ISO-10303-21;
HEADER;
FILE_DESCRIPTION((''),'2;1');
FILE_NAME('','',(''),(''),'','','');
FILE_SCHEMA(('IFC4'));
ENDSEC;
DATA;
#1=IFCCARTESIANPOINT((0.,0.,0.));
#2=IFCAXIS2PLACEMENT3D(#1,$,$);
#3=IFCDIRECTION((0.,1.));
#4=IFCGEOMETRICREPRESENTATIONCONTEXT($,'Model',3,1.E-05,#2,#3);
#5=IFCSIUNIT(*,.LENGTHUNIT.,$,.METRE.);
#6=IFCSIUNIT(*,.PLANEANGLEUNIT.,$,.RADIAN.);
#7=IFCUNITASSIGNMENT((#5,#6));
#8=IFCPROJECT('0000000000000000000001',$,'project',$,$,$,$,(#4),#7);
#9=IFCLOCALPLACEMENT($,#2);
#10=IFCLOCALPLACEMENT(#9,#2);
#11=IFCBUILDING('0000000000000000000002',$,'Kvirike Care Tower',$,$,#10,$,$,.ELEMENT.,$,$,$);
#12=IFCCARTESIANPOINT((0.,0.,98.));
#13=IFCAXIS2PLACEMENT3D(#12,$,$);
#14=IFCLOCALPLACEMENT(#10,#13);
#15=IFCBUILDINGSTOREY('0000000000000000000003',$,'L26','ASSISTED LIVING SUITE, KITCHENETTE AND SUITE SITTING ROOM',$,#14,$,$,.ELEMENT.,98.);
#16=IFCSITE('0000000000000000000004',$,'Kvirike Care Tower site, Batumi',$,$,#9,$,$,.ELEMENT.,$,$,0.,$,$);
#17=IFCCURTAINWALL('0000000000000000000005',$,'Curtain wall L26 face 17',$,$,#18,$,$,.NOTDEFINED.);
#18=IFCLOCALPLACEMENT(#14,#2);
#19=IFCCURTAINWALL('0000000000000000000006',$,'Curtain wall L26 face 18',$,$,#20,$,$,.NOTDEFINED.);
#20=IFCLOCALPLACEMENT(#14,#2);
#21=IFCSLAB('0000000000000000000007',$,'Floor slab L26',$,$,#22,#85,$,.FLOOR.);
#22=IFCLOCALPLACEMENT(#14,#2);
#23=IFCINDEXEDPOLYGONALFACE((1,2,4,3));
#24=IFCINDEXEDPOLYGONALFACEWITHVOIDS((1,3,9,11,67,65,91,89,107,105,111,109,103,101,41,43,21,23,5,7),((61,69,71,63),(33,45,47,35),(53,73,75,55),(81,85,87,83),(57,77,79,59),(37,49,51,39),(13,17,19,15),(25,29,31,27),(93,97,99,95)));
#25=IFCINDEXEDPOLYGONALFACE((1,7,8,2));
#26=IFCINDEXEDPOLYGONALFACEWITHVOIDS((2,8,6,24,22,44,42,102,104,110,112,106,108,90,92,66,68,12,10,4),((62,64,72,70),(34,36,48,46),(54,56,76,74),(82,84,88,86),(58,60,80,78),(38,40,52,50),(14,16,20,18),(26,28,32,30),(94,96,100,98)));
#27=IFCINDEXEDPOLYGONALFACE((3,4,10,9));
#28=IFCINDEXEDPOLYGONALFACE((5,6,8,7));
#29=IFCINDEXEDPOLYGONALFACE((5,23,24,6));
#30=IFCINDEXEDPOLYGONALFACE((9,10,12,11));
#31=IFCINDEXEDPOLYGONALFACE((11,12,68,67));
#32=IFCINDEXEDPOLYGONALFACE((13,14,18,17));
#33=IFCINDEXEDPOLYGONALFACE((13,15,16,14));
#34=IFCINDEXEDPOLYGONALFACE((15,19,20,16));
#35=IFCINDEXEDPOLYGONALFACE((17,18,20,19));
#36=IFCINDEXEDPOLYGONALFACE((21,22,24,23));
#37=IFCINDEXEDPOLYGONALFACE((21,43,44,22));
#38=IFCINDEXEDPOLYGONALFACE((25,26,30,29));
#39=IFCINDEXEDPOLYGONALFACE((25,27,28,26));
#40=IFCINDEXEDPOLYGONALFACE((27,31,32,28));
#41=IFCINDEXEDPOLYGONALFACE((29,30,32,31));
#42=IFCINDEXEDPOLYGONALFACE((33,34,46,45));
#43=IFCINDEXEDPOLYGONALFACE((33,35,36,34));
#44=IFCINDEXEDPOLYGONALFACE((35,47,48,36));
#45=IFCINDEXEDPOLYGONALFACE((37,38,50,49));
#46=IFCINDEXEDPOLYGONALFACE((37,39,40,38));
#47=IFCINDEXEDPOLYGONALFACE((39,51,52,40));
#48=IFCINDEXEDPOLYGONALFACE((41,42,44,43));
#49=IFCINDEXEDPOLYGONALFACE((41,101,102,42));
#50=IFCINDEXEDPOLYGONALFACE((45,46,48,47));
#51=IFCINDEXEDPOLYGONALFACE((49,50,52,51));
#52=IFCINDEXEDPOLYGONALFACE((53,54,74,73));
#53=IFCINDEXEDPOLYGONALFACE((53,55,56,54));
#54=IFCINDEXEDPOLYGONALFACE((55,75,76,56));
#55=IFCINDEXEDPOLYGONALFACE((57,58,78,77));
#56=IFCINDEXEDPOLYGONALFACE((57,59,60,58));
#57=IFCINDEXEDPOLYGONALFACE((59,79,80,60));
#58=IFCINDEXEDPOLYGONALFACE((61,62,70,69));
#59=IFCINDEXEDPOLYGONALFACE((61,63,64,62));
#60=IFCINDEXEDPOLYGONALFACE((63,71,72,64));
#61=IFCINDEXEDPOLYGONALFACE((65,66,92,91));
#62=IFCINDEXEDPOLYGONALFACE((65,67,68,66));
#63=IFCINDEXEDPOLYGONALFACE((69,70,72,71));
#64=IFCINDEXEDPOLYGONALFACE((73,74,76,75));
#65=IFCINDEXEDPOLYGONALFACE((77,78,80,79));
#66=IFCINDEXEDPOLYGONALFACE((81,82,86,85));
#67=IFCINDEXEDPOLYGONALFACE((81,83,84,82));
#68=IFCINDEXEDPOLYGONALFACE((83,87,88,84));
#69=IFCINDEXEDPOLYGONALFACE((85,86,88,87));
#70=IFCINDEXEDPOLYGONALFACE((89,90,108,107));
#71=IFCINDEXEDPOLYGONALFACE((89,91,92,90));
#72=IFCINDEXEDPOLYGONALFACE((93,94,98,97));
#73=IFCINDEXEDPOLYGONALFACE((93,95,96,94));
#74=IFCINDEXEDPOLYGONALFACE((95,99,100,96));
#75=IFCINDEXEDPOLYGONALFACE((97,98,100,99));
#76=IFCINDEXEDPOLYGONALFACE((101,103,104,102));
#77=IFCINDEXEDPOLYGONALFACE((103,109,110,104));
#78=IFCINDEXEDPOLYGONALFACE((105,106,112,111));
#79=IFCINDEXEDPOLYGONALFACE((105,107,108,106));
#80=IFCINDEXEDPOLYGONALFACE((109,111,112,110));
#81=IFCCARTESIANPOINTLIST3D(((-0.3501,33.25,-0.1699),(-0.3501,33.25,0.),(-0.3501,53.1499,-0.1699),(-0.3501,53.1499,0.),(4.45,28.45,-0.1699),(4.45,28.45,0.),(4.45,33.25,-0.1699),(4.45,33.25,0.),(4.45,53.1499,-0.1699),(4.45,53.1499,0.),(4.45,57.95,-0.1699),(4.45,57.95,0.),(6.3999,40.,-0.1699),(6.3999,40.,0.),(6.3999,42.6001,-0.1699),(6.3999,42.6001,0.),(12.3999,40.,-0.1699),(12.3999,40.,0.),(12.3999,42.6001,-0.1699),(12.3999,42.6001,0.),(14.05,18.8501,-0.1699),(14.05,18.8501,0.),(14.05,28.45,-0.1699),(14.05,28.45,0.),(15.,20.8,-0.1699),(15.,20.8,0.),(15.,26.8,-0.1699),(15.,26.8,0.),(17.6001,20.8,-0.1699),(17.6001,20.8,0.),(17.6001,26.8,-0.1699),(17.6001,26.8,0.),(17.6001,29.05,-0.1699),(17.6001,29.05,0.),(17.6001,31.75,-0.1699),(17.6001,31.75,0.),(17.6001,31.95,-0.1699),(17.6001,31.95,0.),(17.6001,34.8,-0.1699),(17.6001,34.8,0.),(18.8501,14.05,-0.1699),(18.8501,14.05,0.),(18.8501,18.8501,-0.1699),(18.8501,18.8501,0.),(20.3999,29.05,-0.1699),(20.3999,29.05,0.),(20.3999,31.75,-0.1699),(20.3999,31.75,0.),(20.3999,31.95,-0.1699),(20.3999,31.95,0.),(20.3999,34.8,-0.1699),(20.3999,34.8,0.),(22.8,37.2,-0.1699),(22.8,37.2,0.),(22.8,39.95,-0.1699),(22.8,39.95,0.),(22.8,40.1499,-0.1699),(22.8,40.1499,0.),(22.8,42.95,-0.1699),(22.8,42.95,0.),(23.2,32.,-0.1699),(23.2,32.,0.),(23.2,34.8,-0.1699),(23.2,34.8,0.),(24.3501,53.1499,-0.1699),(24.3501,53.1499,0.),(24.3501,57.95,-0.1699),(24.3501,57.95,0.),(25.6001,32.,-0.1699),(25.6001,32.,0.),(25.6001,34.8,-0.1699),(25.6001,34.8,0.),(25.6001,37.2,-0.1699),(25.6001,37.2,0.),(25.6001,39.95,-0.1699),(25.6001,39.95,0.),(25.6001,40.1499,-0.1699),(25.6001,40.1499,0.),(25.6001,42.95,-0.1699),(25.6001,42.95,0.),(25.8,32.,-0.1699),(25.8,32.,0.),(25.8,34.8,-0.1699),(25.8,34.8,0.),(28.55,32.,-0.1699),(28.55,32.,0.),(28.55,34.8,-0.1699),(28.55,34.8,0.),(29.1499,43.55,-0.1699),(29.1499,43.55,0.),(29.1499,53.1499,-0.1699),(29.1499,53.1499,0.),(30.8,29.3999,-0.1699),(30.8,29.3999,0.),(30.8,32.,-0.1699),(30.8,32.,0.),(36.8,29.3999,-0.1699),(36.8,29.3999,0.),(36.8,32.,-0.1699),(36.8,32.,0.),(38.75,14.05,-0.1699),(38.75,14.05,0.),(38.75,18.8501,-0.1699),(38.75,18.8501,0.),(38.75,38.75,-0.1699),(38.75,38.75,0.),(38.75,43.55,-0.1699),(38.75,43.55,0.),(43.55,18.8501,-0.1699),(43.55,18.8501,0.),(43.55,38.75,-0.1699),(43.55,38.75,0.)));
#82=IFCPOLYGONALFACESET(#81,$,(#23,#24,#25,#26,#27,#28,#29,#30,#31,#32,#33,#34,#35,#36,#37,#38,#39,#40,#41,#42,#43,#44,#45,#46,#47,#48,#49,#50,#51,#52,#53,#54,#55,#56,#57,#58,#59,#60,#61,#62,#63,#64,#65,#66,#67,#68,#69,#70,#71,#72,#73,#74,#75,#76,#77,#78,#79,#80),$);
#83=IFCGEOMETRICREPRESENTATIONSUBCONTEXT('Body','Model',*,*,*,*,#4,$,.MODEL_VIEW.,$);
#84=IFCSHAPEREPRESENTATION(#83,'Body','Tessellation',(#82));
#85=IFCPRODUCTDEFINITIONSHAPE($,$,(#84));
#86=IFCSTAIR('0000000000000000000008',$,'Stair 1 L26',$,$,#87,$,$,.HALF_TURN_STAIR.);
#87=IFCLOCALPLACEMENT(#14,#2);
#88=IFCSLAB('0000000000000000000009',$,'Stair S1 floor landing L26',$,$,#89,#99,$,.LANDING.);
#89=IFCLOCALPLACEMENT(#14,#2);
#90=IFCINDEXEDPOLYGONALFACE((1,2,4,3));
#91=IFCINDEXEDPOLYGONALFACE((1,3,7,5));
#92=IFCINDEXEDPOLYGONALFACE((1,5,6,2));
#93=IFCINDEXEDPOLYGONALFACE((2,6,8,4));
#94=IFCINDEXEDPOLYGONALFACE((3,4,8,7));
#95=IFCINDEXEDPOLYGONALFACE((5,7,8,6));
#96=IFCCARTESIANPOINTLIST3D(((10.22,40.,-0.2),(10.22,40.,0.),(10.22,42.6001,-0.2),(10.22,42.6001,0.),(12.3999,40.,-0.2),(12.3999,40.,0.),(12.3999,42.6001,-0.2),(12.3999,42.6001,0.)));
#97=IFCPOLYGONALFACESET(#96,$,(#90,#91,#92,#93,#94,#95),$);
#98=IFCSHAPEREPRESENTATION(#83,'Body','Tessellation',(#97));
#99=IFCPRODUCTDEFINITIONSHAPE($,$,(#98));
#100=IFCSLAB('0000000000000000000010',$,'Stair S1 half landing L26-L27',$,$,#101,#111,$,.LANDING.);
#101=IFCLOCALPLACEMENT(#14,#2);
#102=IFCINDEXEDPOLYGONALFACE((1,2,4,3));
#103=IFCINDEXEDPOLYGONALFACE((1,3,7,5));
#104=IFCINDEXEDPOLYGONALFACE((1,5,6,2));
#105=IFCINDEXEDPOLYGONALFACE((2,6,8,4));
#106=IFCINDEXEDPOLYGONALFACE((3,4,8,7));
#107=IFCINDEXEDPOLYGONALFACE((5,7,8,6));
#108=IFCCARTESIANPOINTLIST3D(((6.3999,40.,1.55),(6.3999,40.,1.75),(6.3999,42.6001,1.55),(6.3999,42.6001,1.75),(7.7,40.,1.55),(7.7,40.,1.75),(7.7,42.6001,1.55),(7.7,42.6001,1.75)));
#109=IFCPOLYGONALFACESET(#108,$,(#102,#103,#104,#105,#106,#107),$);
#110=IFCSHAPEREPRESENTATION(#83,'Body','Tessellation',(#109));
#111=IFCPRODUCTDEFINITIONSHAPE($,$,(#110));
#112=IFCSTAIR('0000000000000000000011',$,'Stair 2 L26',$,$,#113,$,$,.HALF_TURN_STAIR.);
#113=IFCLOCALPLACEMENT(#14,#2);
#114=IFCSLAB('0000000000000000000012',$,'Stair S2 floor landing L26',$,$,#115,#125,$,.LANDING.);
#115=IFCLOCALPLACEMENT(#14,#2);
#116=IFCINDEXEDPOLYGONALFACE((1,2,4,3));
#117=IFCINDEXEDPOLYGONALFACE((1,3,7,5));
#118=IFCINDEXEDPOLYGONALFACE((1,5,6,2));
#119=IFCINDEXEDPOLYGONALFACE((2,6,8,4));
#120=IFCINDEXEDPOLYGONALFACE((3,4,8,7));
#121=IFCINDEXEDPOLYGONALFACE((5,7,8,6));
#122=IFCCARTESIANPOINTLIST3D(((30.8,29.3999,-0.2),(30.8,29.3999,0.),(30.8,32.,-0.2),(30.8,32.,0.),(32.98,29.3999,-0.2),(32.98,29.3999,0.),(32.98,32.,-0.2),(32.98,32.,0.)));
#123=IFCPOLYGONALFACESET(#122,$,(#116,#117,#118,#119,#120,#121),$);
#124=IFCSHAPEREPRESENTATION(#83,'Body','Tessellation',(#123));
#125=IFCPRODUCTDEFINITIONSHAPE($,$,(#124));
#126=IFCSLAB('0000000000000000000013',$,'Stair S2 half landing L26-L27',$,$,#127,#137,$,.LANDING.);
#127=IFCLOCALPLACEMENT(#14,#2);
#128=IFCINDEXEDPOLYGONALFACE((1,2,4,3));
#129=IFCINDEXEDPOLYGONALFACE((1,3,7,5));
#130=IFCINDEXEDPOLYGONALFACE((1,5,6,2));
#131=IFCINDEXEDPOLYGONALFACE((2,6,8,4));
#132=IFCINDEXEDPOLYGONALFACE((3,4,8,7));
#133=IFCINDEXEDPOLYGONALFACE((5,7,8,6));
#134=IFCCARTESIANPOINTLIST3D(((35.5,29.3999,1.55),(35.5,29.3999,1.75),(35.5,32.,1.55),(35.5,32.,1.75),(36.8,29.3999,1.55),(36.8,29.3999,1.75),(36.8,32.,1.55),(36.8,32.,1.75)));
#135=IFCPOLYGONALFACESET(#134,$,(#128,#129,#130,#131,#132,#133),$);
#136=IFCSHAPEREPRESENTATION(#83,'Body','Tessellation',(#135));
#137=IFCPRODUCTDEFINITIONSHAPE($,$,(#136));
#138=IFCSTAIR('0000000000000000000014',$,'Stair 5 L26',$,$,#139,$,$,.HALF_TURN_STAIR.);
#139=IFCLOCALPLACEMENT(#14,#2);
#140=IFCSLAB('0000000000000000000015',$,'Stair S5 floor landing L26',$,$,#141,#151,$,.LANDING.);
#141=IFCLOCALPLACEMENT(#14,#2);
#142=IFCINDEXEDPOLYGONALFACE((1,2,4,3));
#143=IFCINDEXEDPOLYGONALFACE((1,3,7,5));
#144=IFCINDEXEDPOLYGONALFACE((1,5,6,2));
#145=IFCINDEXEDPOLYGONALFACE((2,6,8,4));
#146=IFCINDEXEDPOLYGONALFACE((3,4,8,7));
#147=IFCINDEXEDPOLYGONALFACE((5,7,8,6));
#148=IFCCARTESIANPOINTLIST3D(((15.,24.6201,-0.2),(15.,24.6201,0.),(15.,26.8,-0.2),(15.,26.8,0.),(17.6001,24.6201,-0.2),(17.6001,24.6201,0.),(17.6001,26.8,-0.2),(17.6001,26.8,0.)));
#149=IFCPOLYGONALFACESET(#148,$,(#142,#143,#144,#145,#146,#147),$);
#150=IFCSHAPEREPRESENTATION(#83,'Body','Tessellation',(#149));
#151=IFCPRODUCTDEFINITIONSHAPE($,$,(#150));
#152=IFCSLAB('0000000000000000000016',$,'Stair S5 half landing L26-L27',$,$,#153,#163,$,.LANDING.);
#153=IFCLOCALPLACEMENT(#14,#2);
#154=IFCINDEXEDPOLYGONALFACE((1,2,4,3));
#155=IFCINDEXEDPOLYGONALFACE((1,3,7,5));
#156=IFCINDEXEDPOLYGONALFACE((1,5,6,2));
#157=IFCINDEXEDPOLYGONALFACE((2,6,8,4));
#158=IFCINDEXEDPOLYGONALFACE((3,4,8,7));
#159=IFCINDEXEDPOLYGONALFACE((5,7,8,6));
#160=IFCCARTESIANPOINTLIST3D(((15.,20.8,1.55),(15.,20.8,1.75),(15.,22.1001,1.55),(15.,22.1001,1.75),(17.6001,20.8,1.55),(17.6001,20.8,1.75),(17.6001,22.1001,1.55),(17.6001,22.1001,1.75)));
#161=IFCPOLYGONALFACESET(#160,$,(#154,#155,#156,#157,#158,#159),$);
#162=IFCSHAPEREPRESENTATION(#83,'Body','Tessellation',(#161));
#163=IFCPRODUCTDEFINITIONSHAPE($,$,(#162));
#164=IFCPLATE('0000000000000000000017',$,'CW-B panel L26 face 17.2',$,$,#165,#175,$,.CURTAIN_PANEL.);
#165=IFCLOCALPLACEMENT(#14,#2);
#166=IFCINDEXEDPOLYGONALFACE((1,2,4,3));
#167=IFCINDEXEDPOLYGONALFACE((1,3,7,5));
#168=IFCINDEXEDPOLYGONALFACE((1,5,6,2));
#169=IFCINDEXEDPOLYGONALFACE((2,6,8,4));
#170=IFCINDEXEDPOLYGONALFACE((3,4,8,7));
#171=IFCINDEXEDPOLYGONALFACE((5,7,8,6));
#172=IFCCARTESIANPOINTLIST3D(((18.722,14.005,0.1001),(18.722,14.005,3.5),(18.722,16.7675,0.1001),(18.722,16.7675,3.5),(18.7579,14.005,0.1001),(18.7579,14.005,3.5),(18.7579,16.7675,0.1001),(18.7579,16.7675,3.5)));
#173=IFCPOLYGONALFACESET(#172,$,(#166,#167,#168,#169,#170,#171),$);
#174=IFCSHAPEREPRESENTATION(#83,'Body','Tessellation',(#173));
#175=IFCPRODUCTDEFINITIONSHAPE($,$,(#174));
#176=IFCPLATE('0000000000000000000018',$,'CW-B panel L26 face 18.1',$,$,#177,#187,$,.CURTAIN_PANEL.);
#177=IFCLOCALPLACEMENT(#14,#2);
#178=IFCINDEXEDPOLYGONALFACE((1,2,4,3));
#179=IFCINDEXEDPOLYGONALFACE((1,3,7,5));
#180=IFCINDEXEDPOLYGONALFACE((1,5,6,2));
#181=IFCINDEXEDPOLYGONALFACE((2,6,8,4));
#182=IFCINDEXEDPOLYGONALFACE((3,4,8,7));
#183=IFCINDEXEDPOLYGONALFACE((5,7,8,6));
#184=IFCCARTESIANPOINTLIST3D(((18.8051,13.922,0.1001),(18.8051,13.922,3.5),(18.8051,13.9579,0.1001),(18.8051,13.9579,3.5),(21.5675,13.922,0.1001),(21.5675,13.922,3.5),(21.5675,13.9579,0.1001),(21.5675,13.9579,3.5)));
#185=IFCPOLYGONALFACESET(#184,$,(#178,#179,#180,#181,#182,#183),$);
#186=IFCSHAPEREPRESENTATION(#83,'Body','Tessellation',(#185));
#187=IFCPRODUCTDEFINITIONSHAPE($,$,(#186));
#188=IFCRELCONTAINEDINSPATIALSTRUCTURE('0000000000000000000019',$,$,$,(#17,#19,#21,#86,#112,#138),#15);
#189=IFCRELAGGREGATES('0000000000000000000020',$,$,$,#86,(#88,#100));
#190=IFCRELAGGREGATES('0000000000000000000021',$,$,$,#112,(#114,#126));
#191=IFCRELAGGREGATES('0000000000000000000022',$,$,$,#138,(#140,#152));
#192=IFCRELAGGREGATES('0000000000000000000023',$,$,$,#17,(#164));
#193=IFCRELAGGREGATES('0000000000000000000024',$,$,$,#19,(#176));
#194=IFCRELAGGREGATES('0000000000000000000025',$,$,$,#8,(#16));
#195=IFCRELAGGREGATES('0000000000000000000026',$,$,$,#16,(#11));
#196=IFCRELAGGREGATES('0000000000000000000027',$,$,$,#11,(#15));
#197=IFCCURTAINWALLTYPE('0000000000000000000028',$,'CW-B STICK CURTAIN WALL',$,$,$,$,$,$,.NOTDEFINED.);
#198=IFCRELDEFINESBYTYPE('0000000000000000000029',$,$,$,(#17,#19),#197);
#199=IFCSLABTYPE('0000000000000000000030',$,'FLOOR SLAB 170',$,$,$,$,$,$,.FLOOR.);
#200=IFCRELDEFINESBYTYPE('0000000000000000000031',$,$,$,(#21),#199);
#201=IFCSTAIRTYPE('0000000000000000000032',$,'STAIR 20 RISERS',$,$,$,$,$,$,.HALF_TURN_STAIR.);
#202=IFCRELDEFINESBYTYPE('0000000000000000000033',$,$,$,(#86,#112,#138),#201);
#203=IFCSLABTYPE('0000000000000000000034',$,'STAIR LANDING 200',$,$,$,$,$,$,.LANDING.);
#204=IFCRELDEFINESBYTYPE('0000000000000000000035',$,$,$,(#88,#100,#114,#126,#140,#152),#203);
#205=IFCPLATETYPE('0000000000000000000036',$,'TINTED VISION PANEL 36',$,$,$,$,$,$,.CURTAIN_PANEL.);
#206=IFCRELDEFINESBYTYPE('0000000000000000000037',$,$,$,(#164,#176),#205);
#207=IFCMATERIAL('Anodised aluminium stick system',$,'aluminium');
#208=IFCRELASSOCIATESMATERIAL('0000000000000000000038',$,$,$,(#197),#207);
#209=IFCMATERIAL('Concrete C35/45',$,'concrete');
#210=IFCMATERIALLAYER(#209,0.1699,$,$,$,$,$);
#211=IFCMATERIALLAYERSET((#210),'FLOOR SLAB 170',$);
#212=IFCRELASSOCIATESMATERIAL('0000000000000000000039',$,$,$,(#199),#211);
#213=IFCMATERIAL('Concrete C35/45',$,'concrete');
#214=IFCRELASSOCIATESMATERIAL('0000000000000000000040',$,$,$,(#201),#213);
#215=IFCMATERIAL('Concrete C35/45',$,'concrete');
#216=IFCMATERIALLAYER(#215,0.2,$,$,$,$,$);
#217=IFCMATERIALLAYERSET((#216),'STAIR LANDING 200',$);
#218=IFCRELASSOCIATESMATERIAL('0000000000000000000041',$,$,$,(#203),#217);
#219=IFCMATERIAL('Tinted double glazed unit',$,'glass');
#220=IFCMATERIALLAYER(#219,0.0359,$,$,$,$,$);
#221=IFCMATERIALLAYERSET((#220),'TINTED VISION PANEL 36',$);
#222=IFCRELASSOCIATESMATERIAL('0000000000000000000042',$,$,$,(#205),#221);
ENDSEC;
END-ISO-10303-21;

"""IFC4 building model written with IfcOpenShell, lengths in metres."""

from ifc_helpers import new_model, si_unit, direction, frame, origin, origin_2d, place, context, subcontext, project, spatial, polyline, rectangle, outline, extrude, material, layer, layer_set, type_object, element, aggregate, save


model = new_model("IFC4")

# Units and contexts
model_context = context("Model", 3, precision=1e-05, world=origin(), true_north=direction((0.0, 1.0)))
body_context = subcontext(model_context, "Body", "Model", "MODEL_VIEW")
ifc_project = project(units=[si_unit("LENGTHUNIT", "METRE"), si_unit("PLANEANGLEUNIT", "RADIAN")], contexts=[model_context])

# Site, building, storey
site_placement = place(None, origin())
site = spatial("IfcSite", under=ifc_project, at=site_placement, Name="Kvirike Care Tower site, Batumi", CompositionType="ELEMENT", RefElevation=0.0)
building_placement = place(site_placement, origin())
building = spatial("IfcBuilding", under=site, at=building_placement, Name="Kvirike Care Tower", CompositionType="ELEMENT")
storey_placement = place(building_placement, frame((0.0, 0.0, 98.0)))
storey = spatial("IfcBuildingStorey", under=building, at=storey_placement, Name="L26", Description="ASSISTED LIVING SUITE, KITCHENETTE AND SUITE SITTING ROOM", CompositionType="ELEMENT", Elevation=98.0)

# Curtain wall
ifc_material_1 = material(Name="Anodised aluminium stick system", Category="aluminium")
curtain_wall_type = type_object("IfcCurtainWallType", Name="CW-B STICK CURTAIN WALL", PredefinedType="NOTDEFINED", material=ifc_material_1)
curtain_wall_1_placement = place(storey_placement, origin())
curtain_wall_1 = element("IfcCurtainWall", 1, at=curtain_wall_1_placement, inside=storey, type_object=curtain_wall_type, Name="Curtain wall L26 face 17", PredefinedType="NOTDEFINED")

# Curtain wall
curtain_wall_2_placement = place(storey_placement, origin())
curtain_wall_2 = element("IfcCurtainWall", 2, at=curtain_wall_2_placement, inside=storey, type_object=curtain_wall_type, Name="Curtain wall L26 face 18", PredefinedType="NOTDEFINED")

# Slab
ifc_material_2 = material(Name="Concrete C35/45", Category="concrete")
ifc_layer_1 = layer(ifc_material_2, 0.1699)
ifc_layer_set_1 = layer_set([ifc_layer_1], Name="FLOOR SLAB 170")
slab_type_1 = type_object("IfcSlabType", Name="FLOOR SLAB 170", PredefinedType="FLOOR", material=ifc_layer_set_1)
slab_1_placement = place(storey_placement, frame((0.0, 0.0, -0.1699)))
element("IfcSlab", 3, at=slab_1_placement, inside=storey, type_object=slab_type_1, Name="Floor slab L26", PredefinedType="FLOOR", context=body_context, shape_type="SweptSolid", body=[
    extrude(outline(polyline([(43.55, 18.8501), (43.55, 38.75), (38.75, 38.75), (38.75, 43.55), (29.1499, 43.55), (29.1499, 53.1499), (24.3501, 53.1499), (24.3501, 57.95), (4.45, 57.95), (4.45, 53.1499), (-0.3501, 53.1499), (-0.3501, 33.25), (4.45, 33.25), (4.45, 28.45), (14.05, 28.45), (14.05, 18.8501), (18.8501, 18.8501), (18.8501, 14.05), (38.75, 14.05), (38.75, 18.8501), (43.55, 18.8501)]), holes=[polyline([(17.6001, 29.05), (17.6001, 31.75), (20.3999, 31.75), (20.3999, 29.05), (17.6001, 29.05)]), polyline([(17.6001, 31.95), (17.6001, 34.8), (20.3999, 34.8), (20.3999, 31.95), (17.6001, 31.95)]), polyline([(22.8, 37.2), (22.8, 39.95), (25.6001, 39.95), (25.6001, 37.2), (22.8, 37.2)]), polyline([(22.8, 40.1499), (22.8, 42.95), (25.6001, 42.95), (25.6001, 40.1499), (22.8, 40.1499)]), polyline([(23.2, 32.0), (23.2, 34.8), (25.6001, 34.8), (25.6001, 32.0), (23.2, 32.0)]), polyline([(25.8, 32.0), (25.8, 34.8), (28.55, 34.8), (28.55, 32.0), (25.8, 32.0)]), polyline([(12.3999, 42.6001), (12.3999, 40.0), (6.3999, 40.0), (6.3999, 42.6001), (12.3999, 42.6001)]), polyline([(30.8, 29.3999), (30.8, 32.0), (36.8, 32.0), (36.8, 29.3999), (30.8, 29.3999)]), polyline([(15.0, 26.8), (17.6001, 26.8), (17.6001, 20.8), (15.0, 20.8), (15.0, 26.8)])]), origin(), (0.0, 0.0, 1.0), 0.1699),
])

# Stairs, slabs
ifc_material_3 = material(Name="Concrete C35/45", Category="concrete")
stair_type = type_object("IfcStairType", Name="STAIR 20 RISERS", PredefinedType="HALF_TURN_STAIR", material=ifc_material_3)
stair_1_placement = place(storey_placement, origin())
stair_1 = element("IfcStair", 4, at=stair_1_placement, inside=storey, type_object=stair_type, Name="Stair 1 L26", PredefinedType="HALF_TURN_STAIR")
ifc_material_4 = material(Name="Concrete C35/45", Category="concrete")
ifc_layer_2 = layer(ifc_material_4, 0.2)
ifc_layer_set_2 = layer_set([ifc_layer_2], Name="STAIR LANDING 200")
slab_type_2 = type_object("IfcSlabType", Name="STAIR LANDING 200", PredefinedType="LANDING", material=ifc_layer_set_2)
slab_2_placement = place(storey_placement, frame((0.0, 0.0, -0.2)))
slab_2 = element("IfcSlab", 5, at=slab_2_placement, type_object=slab_type_2, Name="Stair S1 floor landing L26", PredefinedType="LANDING", context=body_context, shape_type="SweptSolid", body=[
    extrude(outline(polyline([(10.22, 42.6001), (10.22, 40.0), (12.3999, 40.0), (12.3999, 42.6001), (10.22, 42.6001)])), origin(), (0.0, 0.0, 1.0), 0.2),
])
slab_3_placement = place(storey_placement, frame((0.0, 0.0, 1.55)))
slab_3 = element("IfcSlab", 6, at=slab_3_placement, type_object=slab_type_2, Name="Stair S1 half landing L26-L27", PredefinedType="LANDING", context=body_context, shape_type="SweptSolid", body=[
    extrude(outline(polyline([(6.3999, 42.6001), (6.3999, 40.0), (7.7, 40.0), (7.7, 42.6001), (6.3999, 42.6001)])), origin(), (0.0, 0.0, 1.0), 0.2),
])
aggregate(stair_1, [slab_2, slab_3])
stair_2_placement = place(storey_placement, origin())
stair_2 = element("IfcStair", 7, at=stair_2_placement, inside=storey, type_object=stair_type, Name="Stair 2 L26", PredefinedType="HALF_TURN_STAIR")
slab_4_placement = place(storey_placement, frame((0.0, 0.0, -0.2)))
slab_4 = element("IfcSlab", 8, at=slab_4_placement, type_object=slab_type_2, Name="Stair S2 floor landing L26", PredefinedType="LANDING", context=body_context, shape_type="SweptSolid", body=[
    extrude(outline(polyline([(32.98, 29.3999), (32.98, 32.0), (30.8, 32.0), (30.8, 29.3999), (32.98, 29.3999)])), origin(), (0.0, 0.0, 1.0), 0.2),
])
slab_5_placement = place(storey_placement, frame((0.0, 0.0, 1.55)))
slab_5 = element("IfcSlab", 9, at=slab_5_placement, type_object=slab_type_2, Name="Stair S2 half landing L26-L27", PredefinedType="LANDING", context=body_context, shape_type="SweptSolid", body=[
    extrude(outline(polyline([(36.8, 29.3999), (36.8, 32.0), (35.5, 32.0), (35.5, 29.3999), (36.8, 29.3999)])), origin(), (0.0, 0.0, 1.0), 0.2),
])
aggregate(stair_2, [slab_4, slab_5])
stair_3_placement = place(storey_placement, origin())
stair_3 = element("IfcStair", 10, at=stair_3_placement, inside=storey, type_object=stair_type, Name="Stair 5 L26", PredefinedType="HALF_TURN_STAIR")
slab_6_placement = place(storey_placement, frame((0.0, 0.0, -0.2)))
slab_6 = element("IfcSlab", 11, at=slab_6_placement, type_object=slab_type_2, Name="Stair S5 floor landing L26", PredefinedType="LANDING", context=body_context, shape_type="SweptSolid", body=[
    extrude(outline(polyline([(15.0, 24.6201), (17.6001, 24.6201), (17.6001, 26.8), (15.0, 26.8), (15.0, 24.6201)])), origin(), (0.0, 0.0, 1.0), 0.2),
])
slab_7_placement = place(storey_placement, frame((0.0, 0.0, 1.55)))
slab_7 = element("IfcSlab", 12, at=slab_7_placement, type_object=slab_type_2, Name="Stair S5 half landing L26-L27", PredefinedType="LANDING", context=body_context, shape_type="SweptSolid", body=[
    extrude(outline(polyline([(15.0, 20.8), (17.6001, 20.8), (17.6001, 22.1001), (15.0, 22.1001), (15.0, 20.8)])), origin(), (0.0, 0.0, 1.0), 0.2),
])
aggregate(stair_3, [slab_6, slab_7])

# Plates
ifc_material_5 = material(Name="Tinted double glazed unit", Category="glass")
ifc_layer_3 = layer(ifc_material_5, 0.0359)
ifc_layer_set_3 = layer_set([ifc_layer_3], Name="TINTED VISION PANEL 36")
plate_type = type_object("IfcPlateType", Name="TINTED VISION PANEL 36", PredefinedType="CURTAIN_PANEL", material=ifc_layer_set_3)
plate_1_placement = place(storey_placement, frame((18.74, 15.3862, 0.1001), z_axis=(0.0, 0.0, 1.0), x_axis=(0.0, -1.0, 0.0)))
plate_1 = element("IfcPlate", 13, at=plate_1_placement, type_object=plate_type, Name="CW-B panel L26 face 17.2", PredefinedType="CURTAIN_PANEL", context=body_context, shape_type="SweptSolid", body=[
    extrude(rectangle(XDim=2.7625, YDim=0.0359, at=origin_2d()), origin(), (0.0, 0.0, 1.0), 3.3999),
])
aggregate(curtain_wall_1, [plate_1])
plate_2_placement = place(storey_placement, frame((20.1863, 13.9399, 0.1001), z_axis=(0.0, 0.0, 1.0), x_axis=(1.0, 0.0, 0.0)))
plate_2 = element("IfcPlate", 14, at=plate_2_placement, type_object=plate_type, Name="CW-B panel L26 face 18.1", PredefinedType="CURTAIN_PANEL", context=body_context, shape_type="SweptSolid", body=[
    extrude(rectangle(XDim=2.7625, YDim=0.0359, at=origin_2d()), origin(), (0.0, 0.0, 1.0), 3.3999),
])
aggregate(curtain_wall_2, [plate_2])

save(model, "model.ifc")
